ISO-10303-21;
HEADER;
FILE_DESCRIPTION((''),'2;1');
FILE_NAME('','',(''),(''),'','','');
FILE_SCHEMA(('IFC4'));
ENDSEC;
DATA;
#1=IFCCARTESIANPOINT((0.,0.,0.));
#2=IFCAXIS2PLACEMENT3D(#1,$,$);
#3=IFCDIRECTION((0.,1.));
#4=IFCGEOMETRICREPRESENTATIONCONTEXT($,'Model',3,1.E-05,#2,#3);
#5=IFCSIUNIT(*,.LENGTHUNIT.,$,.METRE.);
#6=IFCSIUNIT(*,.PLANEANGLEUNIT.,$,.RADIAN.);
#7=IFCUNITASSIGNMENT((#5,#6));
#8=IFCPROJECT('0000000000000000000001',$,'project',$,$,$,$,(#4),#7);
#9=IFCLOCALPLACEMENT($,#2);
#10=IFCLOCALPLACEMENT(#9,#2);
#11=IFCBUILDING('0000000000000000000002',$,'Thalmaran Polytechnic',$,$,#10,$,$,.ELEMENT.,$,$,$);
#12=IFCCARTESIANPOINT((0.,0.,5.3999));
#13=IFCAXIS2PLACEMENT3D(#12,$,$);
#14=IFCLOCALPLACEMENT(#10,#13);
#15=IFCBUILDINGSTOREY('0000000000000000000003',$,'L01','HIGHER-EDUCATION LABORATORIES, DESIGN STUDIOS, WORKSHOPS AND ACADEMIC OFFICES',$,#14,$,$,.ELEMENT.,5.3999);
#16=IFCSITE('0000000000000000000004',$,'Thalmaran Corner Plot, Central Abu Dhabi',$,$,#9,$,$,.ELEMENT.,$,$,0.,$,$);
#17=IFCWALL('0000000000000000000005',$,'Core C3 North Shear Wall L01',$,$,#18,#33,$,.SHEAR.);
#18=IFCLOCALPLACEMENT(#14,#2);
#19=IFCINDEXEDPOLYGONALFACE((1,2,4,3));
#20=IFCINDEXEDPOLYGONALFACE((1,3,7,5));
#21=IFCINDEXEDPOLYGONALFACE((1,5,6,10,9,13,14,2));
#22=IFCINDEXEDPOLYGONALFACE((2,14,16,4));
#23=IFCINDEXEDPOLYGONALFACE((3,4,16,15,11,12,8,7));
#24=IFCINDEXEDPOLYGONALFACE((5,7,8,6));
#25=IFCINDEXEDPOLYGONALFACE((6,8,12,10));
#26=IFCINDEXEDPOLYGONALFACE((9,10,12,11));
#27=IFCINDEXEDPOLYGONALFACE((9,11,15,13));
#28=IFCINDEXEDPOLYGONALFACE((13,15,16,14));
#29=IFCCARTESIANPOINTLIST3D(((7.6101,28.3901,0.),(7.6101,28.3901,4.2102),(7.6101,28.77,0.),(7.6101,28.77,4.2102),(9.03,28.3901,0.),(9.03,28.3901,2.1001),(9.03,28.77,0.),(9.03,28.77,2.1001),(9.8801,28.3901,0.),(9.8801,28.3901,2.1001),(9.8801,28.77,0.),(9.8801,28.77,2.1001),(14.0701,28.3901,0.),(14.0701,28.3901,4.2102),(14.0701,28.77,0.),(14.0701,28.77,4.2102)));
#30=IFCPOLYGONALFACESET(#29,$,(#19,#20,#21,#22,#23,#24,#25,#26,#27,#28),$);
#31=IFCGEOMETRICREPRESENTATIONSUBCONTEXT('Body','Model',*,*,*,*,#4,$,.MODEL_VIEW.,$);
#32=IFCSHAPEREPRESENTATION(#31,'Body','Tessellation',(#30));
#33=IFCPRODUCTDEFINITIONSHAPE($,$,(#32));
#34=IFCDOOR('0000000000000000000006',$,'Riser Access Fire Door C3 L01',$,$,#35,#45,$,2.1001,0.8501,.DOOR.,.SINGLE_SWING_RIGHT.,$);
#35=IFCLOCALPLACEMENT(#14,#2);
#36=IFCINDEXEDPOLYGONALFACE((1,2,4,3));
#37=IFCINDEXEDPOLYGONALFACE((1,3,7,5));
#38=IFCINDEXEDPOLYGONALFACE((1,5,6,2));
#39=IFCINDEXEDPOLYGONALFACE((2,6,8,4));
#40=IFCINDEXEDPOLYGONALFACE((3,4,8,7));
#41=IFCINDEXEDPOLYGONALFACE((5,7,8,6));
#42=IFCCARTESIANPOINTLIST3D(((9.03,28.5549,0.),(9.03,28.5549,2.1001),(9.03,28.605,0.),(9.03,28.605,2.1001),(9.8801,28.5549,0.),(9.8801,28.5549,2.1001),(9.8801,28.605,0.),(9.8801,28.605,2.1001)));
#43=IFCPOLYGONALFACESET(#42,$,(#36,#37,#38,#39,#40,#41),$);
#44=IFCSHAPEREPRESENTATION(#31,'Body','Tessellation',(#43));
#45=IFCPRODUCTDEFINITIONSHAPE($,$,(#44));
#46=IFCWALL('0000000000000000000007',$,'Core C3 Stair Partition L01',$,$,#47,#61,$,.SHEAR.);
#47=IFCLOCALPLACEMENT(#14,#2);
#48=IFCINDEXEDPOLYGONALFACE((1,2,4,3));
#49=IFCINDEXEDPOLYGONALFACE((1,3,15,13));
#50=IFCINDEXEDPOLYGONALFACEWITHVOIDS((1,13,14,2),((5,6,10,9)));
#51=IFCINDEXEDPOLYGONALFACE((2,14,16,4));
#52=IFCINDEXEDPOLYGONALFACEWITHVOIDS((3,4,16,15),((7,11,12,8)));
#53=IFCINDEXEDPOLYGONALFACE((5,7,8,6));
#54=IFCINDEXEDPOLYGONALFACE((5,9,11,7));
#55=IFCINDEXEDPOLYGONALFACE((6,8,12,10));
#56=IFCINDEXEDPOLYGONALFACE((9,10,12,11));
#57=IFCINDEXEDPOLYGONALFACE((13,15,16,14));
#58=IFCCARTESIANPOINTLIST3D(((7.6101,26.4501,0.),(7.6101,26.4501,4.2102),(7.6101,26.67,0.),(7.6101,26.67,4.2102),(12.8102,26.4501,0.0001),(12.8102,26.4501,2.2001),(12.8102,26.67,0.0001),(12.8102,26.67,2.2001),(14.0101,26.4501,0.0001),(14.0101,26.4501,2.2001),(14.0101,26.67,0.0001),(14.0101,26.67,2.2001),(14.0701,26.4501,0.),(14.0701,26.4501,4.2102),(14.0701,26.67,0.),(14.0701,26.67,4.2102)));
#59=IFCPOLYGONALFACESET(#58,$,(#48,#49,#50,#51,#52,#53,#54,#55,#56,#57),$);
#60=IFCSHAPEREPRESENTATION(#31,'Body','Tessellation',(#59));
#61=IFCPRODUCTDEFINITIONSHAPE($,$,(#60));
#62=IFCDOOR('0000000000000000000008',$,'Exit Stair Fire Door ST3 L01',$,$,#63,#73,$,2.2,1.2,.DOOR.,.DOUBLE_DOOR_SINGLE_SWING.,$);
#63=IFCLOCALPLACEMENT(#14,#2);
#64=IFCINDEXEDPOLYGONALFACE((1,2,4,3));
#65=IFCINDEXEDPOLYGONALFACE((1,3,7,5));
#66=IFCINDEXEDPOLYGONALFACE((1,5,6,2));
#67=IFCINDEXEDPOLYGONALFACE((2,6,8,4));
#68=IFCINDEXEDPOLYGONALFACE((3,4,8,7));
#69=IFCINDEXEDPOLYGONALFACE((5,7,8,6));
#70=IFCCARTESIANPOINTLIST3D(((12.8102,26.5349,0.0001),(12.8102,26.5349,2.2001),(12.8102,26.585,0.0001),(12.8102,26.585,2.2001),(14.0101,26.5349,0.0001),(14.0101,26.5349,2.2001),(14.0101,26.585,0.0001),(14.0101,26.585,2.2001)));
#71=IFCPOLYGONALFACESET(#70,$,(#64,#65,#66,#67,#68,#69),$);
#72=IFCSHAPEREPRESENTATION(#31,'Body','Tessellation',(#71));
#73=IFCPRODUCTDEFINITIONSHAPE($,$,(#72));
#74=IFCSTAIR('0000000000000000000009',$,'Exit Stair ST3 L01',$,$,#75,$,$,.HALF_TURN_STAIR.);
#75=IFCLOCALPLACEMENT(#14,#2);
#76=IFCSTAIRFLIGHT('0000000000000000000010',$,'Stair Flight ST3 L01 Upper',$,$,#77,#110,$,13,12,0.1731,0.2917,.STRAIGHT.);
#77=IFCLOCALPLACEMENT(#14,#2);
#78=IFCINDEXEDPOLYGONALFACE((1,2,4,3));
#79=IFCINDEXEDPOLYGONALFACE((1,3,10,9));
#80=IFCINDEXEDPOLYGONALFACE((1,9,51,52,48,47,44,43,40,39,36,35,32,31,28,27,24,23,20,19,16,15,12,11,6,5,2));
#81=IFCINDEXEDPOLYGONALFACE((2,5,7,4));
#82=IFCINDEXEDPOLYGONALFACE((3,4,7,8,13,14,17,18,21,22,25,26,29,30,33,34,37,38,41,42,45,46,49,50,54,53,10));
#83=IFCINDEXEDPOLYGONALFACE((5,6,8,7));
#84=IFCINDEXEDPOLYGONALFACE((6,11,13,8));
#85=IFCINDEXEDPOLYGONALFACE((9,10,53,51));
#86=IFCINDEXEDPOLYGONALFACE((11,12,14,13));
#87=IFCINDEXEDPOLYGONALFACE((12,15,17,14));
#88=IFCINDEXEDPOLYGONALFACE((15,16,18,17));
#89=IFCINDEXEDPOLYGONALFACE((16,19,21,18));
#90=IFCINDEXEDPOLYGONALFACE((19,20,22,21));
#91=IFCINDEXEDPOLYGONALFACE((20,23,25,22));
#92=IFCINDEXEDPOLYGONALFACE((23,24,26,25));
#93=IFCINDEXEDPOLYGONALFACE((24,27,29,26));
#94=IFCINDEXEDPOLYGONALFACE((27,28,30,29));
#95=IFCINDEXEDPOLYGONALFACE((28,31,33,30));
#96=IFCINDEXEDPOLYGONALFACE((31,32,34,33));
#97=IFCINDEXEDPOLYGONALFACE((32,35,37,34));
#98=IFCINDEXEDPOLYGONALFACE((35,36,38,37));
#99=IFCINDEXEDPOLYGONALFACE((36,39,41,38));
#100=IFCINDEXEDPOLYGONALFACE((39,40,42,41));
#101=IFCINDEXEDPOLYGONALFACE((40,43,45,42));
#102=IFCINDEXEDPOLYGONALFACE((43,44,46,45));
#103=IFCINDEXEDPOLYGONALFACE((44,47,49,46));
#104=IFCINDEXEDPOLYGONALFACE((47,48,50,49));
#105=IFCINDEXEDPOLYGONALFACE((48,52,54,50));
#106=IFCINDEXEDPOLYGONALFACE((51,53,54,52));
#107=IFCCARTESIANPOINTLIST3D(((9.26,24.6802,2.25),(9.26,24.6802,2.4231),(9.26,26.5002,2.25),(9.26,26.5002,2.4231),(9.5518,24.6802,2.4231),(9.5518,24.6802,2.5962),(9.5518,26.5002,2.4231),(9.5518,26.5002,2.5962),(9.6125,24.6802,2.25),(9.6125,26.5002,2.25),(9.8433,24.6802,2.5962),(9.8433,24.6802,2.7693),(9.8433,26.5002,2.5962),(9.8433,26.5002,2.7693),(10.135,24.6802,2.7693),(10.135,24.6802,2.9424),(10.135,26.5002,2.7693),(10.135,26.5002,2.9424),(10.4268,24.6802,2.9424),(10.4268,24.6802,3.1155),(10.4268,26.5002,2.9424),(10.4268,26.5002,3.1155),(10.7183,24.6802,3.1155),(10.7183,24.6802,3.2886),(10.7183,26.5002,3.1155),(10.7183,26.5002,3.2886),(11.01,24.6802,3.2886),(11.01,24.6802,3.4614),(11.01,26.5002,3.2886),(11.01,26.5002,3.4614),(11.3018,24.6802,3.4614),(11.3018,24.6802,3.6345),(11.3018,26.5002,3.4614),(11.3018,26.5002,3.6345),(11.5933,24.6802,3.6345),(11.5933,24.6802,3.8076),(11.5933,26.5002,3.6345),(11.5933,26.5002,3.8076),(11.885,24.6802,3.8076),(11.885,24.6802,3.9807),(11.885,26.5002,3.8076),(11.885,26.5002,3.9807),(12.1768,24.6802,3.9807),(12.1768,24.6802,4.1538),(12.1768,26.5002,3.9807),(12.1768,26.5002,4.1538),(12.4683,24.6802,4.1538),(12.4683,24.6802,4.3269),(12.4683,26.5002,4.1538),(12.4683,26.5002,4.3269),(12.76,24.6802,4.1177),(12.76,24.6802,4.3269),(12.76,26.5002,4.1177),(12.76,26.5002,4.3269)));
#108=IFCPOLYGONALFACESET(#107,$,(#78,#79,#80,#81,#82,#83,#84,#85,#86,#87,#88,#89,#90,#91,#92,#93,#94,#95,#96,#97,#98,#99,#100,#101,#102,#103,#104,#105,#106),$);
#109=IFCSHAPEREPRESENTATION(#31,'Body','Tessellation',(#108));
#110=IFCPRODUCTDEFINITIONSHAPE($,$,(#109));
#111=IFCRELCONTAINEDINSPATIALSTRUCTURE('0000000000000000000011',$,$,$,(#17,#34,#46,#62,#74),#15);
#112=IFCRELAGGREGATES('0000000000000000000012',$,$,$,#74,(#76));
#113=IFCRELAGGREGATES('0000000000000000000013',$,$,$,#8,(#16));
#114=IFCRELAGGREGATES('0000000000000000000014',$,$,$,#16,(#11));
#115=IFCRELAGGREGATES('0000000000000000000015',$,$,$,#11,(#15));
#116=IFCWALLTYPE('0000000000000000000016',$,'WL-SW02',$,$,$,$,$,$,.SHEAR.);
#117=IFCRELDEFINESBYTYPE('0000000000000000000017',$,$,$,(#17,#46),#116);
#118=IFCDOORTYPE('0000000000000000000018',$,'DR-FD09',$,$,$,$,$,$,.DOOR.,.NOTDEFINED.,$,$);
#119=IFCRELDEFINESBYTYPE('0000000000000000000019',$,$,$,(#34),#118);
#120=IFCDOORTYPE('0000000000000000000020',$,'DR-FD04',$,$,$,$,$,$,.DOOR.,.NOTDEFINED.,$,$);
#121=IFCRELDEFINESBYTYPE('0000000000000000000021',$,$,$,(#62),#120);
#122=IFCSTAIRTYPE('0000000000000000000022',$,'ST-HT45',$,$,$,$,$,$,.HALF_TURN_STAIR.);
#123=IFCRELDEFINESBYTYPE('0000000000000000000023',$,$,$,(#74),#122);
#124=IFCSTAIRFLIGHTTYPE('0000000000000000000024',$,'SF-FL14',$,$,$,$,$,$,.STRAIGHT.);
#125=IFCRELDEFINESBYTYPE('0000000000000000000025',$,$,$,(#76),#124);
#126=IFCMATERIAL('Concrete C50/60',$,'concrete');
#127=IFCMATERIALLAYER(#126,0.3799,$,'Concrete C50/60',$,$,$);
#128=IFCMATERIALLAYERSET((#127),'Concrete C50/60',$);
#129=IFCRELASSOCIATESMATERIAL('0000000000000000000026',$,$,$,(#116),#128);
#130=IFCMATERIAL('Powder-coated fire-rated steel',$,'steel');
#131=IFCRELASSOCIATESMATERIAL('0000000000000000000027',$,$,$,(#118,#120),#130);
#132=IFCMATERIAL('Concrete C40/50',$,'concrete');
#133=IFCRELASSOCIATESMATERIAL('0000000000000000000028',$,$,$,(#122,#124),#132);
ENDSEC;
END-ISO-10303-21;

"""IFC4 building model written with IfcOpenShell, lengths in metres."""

from ifc_helpers import new_model, si_unit, direction, frame, frame_2d, origin, place, context, subcontext, project, spatial, polyline, rectangle, outline, extrude, material, layer, layer_set, type_object, element, fill, aggregate, save


model = new_model("IFC4")

# Units and contexts
model_context = context("Model", 3, precision=1e-05, world=origin(), true_north=direction((0.0, 1.0)))
body_context = subcontext(model_context, "Body", "Model", "MODEL_VIEW")
ifc_project = project(units=[si_unit("LENGTHUNIT", "METRE"), si_unit("PLANEANGLEUNIT", "RADIAN")], contexts=[model_context])

# Site, building, storey
site_placement = place(None, origin())
site = spatial("IfcSite", under=ifc_project, at=site_placement, Name="Thalmaran Corner Plot, Central Abu Dhabi", CompositionType="ELEMENT", RefElevation=0.0)
building_placement = place(site_placement, origin())
building = spatial("IfcBuilding", under=site, at=building_placement, Name="Thalmaran Polytechnic", CompositionType="ELEMENT")
storey_placement = place(building_placement, frame((0.0, 0.0, 5.3999)))
storey = spatial("IfcBuildingStorey", under=building, at=storey_placement, Name="L01", Description="HIGHER-EDUCATION LABORATORIES, DESIGN STUDIOS, WORKSHOPS AND ACADEMIC OFFICES", CompositionType="ELEMENT", Elevation=5.3999)

# Shared definitions
ifc_material_1 = material(Name="Concrete C50/60", Category="concrete")

# Shared definitions
ifc_material_2 = material(Name="Concrete C40/50", Category="concrete")

# Shared definitions
ifc_layer_1 = layer(ifc_material_1, 0.3799, Name="Concrete C50/60")
ifc_layer_set_1 = layer_set([ifc_layer_1], Name="Concrete C50/60")
wall_type_1 = type_object("IfcWallType", Name="WL-SW02", PredefinedType="SHEAR", material=ifc_layer_set_1)

# Walls, openings, doors
wall_1_placement = place(storey_placement, frame((7.6101, 28.5801, 0.0), z_axis=(0.0, 0.0, 1.0), x_axis=(1.0, 0.0, 0.0)))
wall_1 = element("IfcWall", 1, at=wall_1_placement, inside=storey, type_object=wall_type_1, Name="Core C3 North Shear Wall L01", PredefinedType="SHEAR", context=body_context, shape_type="SweptSolid", body=[
    extrude(rectangle(XDim=6.46, YDim=0.3799, at=frame_2d((3.23, 0.0))), origin(), (0.0, 0.0, 1.0), 4.2102),
])
opening_1_placement = place(wall_1_placement, frame((1.4199, 0.0, 0.0)))
opening_1 = element("IfcOpeningElement", 2, at=opening_1_placement, cuts=wall_1, PredefinedType="OPENING", context=body_context, shape_type="SweptSolid", body=[
    extrude(rectangle(XDim=0.8501, YDim=2.1001, at=frame_2d((0.425, 1.05))), frame((0.0, 0.2, 0.0), z_axis=(0.0, -1.0, 0.0), x_axis=(1.0, 0.0, 0.0)), (0.0, 0.0, 1.0), 0.3999),
])
ifc_material_3 = material(Name="Powder-coated fire-rated steel", Category="steel")
door_type_1 = type_object("IfcDoorType", Name="DR-FD09", OperationType="NOTDEFINED", PredefinedType="DOOR", material=ifc_material_3)
door_1_placement = place(opening_1_placement, origin())
door_1 = element("IfcDoor", 3, at=door_1_placement, inside=storey, type_object=door_type_1, Name="Riser Access Fire Door C3 L01", OperationType="SINGLE_SWING_RIGHT", OverallHeight=2.1001, OverallWidth=0.8501, PredefinedType="DOOR", context=body_context, shape_type="SweptSolid", body=[
    extrude(rectangle(XDim=0.8501, YDim=2.1001, at=frame_2d((0.425, 1.05))), frame((0.0, 0.0249, 0.0), z_axis=(0.0, -1.0, 0.0), x_axis=(1.0, 0.0, 0.0)), (0.0, 0.0, 1.0), 0.05),
])
fill(opening_1, door_1)
wall_2_placement = place(storey_placement, frame((7.6101, 26.5601, 0.0), z_axis=(0.0, 0.0, 1.0), x_axis=(1.0, 0.0, 0.0)))
wall_2 = element("IfcWall", 4, at=wall_2_placement, inside=storey, type_object=wall_type_1, Name="Core C3 Stair Partition L01", PredefinedType="SHEAR", context=body_context, shape_type="SweptSolid", body=[
    extrude(rectangle(XDim=6.46, YDim=0.22, at=frame_2d((3.23, 0.0))), origin(), (0.0, 0.0, 1.0), 4.2102),
])
opening_2_placement = place(wall_2_placement, frame((5.2, 0.0, 0.0)))
opening_2 = element("IfcOpeningElement", 5, at=opening_2_placement, cuts=wall_2, PredefinedType="OPENING", context=body_context, shape_type="SweptSolid", body=[
    extrude(rectangle(XDim=1.2, YDim=2.2, at=frame_2d((0.6001, 1.1001))), frame((0.0, 0.1199, 0.0), z_axis=(0.0, -1.0, 0.0), x_axis=(1.0, 0.0, 0.0)), (0.0, 0.0, 1.0), 0.24),
])
door_type_2 = type_object("IfcDoorType", Name="DR-FD04", OperationType="NOTDEFINED", PredefinedType="DOOR", material=ifc_material_3)
door_2_placement = place(opening_2_placement, origin())
door_2 = element("IfcDoor", 6, at=door_2_placement, inside=storey, type_object=door_type_2, Name="Exit Stair Fire Door ST3 L01", OperationType="DOUBLE_DOOR_SINGLE_SWING", OverallHeight=2.2, OverallWidth=1.2, PredefinedType="DOOR", context=body_context, shape_type="SweptSolid", body=[
    extrude(rectangle(XDim=1.2, YDim=2.2, at=frame_2d((0.6001, 1.1001))), frame((0.0, 0.0249, 0.0), z_axis=(0.0, -1.0, 0.0), x_axis=(1.0, 0.0, 0.0)), (0.0, 0.0, 1.0), 0.05),
])
fill(opening_2, door_2)

# Stair, stair flight
stair_type = type_object("IfcStairType", Name="ST-HT45", PredefinedType="HALF_TURN_STAIR", material=ifc_material_2)
stair_placement = place(storey_placement, origin())
stair = element("IfcStair", 7, at=stair_placement, inside=storey, type_object=stair_type, Name="Exit Stair ST3 L01", PredefinedType="HALF_TURN_STAIR")
stair_flight_type = type_object("IfcStairFlightType", Name="SF-FL14", PredefinedType="STRAIGHT", material=ifc_material_2)
stair_flight_placement = place(storey_placement, frame((9.26, 25.5901, 2.25), z_axis=(0.0, 0.0, 1.0), x_axis=(1.0, 0.0, 0.0)))
stair_flight = element("IfcStairFlight", 8, at=stair_flight_placement, type_object=stair_flight_type, Name="Stair Flight ST3 L01 Upper", NumberOfRisers=13, NumberOfTreads=12, PredefinedType="STRAIGHT", RiserHeight=0.1731, TreadLength=0.2917, context=body_context, shape_type="SweptSolid", body=[
    extrude(outline(polyline([(0.0, 0.0), (0.0, 0.1731), (0.2917, 0.1731), (0.2917, 0.3462), (0.5833, 0.3462), (0.5833, 0.5193), (0.875, 0.5193), (0.875, 0.6924), (1.1667, 0.6924), (1.1667, 0.8655), (1.4583, 0.8655), (1.4583, 1.0386), (1.75, 1.0386), (1.75, 1.2114), (2.0417, 1.2114), (2.0417, 1.3845), (2.3333, 1.3845), (2.3333, 1.5576), (2.625, 1.5576), (2.625, 1.7307), (2.9167, 1.7307), (2.9167, 1.9038), (3.2083, 1.9038), (3.2083, 2.0769), (3.5, 2.0769), (3.5, 2.25), (3.5, 1.8677), (0.3525, 0.0), (0.0, 0.0)])), frame((0.0, 0.9102, 0.0), z_axis=(0.0, -1.0, 0.0), x_axis=(1.0, 0.0, 0.0)), (0.0, 0.0, 1.0), 1.8201),
])
aggregate(stair, [stair_flight])

save(model, "model.ifc")
